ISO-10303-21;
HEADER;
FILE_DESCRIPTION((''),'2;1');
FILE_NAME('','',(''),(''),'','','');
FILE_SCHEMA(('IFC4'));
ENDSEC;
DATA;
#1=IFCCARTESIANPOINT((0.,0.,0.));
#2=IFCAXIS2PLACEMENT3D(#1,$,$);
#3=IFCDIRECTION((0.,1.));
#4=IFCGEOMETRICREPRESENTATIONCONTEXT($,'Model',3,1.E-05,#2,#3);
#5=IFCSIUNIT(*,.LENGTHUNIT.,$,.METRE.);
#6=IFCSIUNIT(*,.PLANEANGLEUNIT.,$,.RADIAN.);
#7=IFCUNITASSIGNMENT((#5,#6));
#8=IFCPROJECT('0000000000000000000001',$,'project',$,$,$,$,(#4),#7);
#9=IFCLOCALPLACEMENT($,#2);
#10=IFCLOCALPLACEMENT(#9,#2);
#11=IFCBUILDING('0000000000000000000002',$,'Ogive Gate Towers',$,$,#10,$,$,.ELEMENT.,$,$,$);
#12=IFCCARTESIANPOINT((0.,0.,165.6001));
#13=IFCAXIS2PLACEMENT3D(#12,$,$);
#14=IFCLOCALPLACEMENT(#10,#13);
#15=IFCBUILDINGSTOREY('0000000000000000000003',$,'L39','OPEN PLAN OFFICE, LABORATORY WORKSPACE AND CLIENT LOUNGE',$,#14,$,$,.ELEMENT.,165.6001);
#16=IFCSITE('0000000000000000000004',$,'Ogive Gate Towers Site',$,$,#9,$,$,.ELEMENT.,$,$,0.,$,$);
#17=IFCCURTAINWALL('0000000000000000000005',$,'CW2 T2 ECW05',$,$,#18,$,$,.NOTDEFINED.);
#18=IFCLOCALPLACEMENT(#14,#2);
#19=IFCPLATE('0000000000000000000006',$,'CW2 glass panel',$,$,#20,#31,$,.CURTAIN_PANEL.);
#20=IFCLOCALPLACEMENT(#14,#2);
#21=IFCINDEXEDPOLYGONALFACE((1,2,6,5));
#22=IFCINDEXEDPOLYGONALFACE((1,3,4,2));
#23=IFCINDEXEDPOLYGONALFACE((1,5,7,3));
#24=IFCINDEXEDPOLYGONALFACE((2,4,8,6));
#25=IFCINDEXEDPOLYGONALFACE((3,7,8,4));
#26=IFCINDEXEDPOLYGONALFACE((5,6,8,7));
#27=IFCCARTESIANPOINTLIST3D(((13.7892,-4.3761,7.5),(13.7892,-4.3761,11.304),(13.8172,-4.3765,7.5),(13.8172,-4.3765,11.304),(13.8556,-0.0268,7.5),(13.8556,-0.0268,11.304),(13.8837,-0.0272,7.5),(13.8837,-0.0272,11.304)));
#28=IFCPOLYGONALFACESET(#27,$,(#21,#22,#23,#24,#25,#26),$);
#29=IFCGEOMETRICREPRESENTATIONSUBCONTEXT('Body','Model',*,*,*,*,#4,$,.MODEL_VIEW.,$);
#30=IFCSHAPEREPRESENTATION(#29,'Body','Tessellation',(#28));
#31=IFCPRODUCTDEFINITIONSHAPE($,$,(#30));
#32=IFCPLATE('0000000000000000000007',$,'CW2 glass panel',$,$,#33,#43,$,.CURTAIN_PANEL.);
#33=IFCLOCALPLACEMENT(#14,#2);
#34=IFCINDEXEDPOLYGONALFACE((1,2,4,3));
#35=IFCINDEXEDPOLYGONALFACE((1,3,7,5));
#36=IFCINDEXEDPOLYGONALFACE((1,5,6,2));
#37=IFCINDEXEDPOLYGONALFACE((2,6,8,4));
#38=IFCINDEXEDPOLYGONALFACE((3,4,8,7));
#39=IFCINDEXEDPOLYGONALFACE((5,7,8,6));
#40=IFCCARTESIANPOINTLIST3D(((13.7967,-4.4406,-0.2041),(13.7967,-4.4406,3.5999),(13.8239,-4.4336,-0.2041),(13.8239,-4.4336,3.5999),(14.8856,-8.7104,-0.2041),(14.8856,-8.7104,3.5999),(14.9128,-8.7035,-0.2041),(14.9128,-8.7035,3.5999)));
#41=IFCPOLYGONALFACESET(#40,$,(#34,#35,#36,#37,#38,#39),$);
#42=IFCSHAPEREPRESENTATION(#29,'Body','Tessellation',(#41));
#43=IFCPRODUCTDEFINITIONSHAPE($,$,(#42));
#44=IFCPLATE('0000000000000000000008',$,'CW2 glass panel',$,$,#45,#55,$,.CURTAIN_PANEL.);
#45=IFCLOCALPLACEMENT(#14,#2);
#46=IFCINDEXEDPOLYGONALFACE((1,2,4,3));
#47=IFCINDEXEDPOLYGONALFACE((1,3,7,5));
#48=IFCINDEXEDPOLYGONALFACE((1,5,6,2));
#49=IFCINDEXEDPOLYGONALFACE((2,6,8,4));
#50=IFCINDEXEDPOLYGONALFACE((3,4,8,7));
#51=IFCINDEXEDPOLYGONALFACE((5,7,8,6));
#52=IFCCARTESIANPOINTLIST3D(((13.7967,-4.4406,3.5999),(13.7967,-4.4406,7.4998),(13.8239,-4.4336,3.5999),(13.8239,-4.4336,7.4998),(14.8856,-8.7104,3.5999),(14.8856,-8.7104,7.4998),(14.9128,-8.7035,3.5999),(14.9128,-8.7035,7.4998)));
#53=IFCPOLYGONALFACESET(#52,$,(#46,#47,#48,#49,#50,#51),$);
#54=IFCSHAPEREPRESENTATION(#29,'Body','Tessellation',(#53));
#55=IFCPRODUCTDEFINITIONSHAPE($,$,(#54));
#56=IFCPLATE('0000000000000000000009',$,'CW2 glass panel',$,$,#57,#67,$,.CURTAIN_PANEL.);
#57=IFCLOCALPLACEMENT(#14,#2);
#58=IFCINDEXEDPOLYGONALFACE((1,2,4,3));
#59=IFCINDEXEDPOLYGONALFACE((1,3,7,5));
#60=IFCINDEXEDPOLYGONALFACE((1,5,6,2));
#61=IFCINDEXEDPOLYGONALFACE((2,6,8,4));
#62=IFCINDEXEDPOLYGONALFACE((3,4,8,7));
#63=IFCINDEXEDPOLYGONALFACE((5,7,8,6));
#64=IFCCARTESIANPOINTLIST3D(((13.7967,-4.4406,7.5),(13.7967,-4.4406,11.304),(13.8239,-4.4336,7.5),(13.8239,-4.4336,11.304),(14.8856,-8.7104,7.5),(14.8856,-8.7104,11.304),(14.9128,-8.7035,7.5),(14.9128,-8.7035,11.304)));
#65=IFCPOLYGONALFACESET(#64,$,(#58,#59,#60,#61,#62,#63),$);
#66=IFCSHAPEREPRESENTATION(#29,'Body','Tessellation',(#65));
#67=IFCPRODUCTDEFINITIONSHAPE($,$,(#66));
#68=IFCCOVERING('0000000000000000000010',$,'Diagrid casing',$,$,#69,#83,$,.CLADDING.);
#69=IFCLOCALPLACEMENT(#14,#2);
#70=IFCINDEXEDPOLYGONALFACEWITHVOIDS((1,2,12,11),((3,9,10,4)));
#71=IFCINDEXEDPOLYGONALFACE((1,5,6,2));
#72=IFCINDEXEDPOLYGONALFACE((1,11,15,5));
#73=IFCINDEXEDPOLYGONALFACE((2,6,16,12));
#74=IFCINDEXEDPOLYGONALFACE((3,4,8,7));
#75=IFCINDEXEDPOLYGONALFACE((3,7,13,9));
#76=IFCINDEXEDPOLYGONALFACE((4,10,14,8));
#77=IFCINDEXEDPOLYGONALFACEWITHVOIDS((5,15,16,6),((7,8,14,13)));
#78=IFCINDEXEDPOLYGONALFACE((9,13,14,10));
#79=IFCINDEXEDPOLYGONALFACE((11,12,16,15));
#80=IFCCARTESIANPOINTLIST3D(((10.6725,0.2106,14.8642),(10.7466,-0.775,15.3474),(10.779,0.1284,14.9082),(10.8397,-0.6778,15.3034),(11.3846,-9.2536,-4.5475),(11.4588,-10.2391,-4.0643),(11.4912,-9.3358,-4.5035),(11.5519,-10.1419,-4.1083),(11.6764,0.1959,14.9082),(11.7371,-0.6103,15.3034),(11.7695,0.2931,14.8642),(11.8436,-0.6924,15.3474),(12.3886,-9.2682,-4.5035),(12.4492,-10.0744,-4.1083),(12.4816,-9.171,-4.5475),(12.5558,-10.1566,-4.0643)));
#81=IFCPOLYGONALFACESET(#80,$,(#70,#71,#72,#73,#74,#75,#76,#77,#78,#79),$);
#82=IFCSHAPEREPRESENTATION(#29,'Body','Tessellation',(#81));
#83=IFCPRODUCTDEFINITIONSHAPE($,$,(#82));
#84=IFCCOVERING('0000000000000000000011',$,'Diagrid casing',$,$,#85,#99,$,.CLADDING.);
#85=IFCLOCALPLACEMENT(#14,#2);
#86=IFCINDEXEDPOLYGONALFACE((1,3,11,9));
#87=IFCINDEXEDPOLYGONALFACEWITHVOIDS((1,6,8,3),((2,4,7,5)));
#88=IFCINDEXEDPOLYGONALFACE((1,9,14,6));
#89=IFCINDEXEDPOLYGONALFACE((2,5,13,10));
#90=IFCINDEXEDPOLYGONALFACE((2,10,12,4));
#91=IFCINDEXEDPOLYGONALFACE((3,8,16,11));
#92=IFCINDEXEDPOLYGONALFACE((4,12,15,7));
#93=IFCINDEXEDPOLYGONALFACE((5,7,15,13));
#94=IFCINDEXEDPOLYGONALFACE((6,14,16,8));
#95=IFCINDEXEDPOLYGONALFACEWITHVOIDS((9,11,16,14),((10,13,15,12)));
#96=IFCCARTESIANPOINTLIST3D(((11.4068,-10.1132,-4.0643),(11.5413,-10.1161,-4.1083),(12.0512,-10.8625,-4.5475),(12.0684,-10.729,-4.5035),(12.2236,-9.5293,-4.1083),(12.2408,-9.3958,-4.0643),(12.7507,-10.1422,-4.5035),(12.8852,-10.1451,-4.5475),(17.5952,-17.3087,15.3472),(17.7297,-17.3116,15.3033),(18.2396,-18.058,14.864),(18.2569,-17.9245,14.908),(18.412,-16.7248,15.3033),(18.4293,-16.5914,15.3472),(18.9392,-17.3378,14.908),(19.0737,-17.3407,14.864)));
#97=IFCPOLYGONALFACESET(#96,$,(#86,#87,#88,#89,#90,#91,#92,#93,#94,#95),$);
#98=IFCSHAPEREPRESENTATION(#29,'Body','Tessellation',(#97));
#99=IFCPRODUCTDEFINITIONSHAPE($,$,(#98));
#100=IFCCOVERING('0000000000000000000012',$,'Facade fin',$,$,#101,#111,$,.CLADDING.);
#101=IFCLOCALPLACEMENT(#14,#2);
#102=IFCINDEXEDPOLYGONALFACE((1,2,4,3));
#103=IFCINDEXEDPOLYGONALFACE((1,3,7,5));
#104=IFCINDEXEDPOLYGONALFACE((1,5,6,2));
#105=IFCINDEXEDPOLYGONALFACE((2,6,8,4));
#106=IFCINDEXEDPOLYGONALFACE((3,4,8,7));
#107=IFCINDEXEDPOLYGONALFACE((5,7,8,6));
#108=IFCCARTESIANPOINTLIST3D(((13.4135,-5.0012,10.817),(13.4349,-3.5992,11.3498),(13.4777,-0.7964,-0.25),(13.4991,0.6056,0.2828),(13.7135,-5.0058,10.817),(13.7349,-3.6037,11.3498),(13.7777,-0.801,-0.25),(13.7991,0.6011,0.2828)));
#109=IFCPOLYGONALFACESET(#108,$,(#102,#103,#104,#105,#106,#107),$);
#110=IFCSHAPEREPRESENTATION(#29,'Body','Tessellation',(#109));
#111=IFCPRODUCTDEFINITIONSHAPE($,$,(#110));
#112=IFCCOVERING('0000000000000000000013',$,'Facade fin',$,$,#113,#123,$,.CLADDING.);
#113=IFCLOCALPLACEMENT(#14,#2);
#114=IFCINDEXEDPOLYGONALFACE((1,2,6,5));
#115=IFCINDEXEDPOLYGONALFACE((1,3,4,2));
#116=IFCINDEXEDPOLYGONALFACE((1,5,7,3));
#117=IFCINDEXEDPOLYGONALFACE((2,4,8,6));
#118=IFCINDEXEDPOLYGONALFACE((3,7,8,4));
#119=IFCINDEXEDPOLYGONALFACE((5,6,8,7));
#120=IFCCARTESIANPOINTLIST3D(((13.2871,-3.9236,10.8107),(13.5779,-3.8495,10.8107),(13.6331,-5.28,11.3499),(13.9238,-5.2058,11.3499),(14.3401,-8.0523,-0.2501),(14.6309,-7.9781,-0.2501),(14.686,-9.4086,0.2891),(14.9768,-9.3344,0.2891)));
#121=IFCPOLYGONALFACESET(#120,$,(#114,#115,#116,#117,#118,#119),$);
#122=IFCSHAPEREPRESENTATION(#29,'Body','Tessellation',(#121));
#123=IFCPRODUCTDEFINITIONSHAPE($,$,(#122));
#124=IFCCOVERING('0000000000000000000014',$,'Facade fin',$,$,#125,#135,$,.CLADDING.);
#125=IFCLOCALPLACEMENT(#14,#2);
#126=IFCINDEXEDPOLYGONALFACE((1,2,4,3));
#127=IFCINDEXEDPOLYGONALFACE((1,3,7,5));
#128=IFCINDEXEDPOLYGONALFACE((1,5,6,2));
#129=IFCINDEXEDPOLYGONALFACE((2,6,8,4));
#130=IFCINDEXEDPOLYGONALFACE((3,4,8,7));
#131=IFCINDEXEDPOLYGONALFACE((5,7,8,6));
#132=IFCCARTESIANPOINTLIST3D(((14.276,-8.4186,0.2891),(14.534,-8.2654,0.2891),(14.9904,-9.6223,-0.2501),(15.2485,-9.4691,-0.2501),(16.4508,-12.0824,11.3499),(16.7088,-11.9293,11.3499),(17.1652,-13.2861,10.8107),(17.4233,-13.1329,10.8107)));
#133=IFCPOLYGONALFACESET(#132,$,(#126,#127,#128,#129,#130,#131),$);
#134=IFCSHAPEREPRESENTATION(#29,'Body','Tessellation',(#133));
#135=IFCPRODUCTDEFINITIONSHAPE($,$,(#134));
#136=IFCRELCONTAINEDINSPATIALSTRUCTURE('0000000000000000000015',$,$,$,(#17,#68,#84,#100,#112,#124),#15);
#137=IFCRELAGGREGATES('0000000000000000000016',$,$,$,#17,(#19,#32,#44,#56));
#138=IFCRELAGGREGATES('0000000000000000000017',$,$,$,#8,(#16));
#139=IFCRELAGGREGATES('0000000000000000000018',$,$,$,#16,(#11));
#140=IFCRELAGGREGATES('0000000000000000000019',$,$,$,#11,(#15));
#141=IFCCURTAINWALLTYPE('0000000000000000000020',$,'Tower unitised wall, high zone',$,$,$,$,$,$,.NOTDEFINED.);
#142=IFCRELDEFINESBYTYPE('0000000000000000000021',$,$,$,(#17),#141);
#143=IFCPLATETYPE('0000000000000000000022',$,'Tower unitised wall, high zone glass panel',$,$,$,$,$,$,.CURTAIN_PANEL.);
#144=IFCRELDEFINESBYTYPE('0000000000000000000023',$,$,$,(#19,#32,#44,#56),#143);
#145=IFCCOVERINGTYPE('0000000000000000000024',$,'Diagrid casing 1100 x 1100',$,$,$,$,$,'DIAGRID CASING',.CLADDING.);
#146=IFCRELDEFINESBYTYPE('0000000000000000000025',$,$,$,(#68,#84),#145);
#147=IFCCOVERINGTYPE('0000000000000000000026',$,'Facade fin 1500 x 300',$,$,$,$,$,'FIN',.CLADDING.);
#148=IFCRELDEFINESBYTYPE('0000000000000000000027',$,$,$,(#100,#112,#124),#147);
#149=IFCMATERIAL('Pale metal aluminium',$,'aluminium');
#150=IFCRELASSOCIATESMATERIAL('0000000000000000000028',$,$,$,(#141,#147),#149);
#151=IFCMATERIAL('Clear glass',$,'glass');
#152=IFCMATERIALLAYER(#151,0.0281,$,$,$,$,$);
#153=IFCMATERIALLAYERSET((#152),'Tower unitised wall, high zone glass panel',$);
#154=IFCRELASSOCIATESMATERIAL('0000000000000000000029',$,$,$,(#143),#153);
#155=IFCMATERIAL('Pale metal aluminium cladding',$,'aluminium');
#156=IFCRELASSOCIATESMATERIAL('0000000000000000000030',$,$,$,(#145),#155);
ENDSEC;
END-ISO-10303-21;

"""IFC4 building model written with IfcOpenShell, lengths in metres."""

from ifc_helpers import new_model, si_unit, direction, frame, origin, origin_2d, place, context, subcontext, project, spatial, rectangle, hollow_rectangle, extrude, material, layer, layer_set, material_profile, profile_set, type_object, element, aggregate, save


model = new_model("IFC4")

# Units and contexts
model_context = context("Model", 3, precision=1e-05, world=origin(), true_north=direction((0.0, 1.0)))
body_context = subcontext(model_context, "Body", "Model", "MODEL_VIEW")
ifc_project = project(units=[si_unit("LENGTHUNIT", "METRE"), si_unit("PLANEANGLEUNIT", "RADIAN")], contexts=[model_context])

# Site, building, storey
site_placement = place(None, origin())
site = spatial("IfcSite", under=ifc_project, at=site_placement, Name="Ogive Gate Towers Site", CompositionType="ELEMENT", RefElevation=0.0)
building_placement = place(site_placement, origin())
building = spatial("IfcBuilding", under=site, at=building_placement, Name="Ogive Gate Towers", CompositionType="ELEMENT")
storey_placement = place(building_placement, frame((0.0, 0.0, 165.6001)))
storey = spatial("IfcBuildingStorey", under=building, at=storey_placement, Name="L39", Description="OPEN PLAN OFFICE, LABORATORY WORKSPACE AND CLIENT LOUNGE", CompositionType="ELEMENT", Elevation=165.6001)

# Curtain wall
ifc_material_1 = material(Name="Pale metal aluminium", Category="aluminium")
curtain_wall_type = type_object("IfcCurtainWallType", Name="Tower unitised wall, high zone", PredefinedType="NOTDEFINED", material=ifc_material_1)
curtain_wall_placement = place(storey_placement, origin())
curtain_wall = element("IfcCurtainWall", 1, at=curtain_wall_placement, inside=storey, type_object=curtain_wall_type, Name="CW2 T2 ECW05", PredefinedType="NOTDEFINED")

# Plates
ifc_material_2 = material(Name="Clear glass", Category="glass")
ifc_layer_1 = layer(ifc_material_2, 0.0281)
ifc_layer_set_1 = layer_set([ifc_layer_1], Name="Tower unitised wall, high zone glass panel")
plate_type = type_object("IfcPlateType", Name="Tower unitised wall, high zone glass panel", PredefinedType="CURTAIN_PANEL", material=ifc_layer_set_1)
plate_1_placement = place(storey_placement, frame((13.8364, -2.2017, 7.5), z_axis=(0.0, 0.0, 1.0), x_axis=(-0.015271, -0.999883, 0.0)))
plate_1 = element("IfcPlate", 2, at=plate_1_placement, type_object=plate_type, Name="CW2 glass panel", PredefinedType="CURTAIN_PANEL", context=body_context, shape_type="SweptSolid", body=[
    extrude(rectangle(XDim=4.3499, YDim=0.0281, at=origin_2d()), origin(), (0.0, 0.0, 1.0), 3.804),
])
plate_2_placement = place(storey_placement, frame((14.3547, -6.572, -0.2041), z_axis=(0.0, 0.0, 1.0), x_axis=(0.2471, -0.96899, 0.0)))
plate_2 = element("IfcPlate", 3, at=plate_2_placement, type_object=plate_type, Name="CW2 glass panel", PredefinedType="CURTAIN_PANEL", context=body_context, shape_type="SweptSolid", body=[
    extrude(rectangle(XDim=4.4065, YDim=0.0281, at=origin_2d()), origin(), (0.0, 0.0, 1.0), 3.804),
])
plate_3_placement = place(storey_placement, frame((14.3547, -6.572, 3.5999), z_axis=(0.0, 0.0, 1.0), x_axis=(0.2471, -0.96899, 0.0)))
plate_3 = element("IfcPlate", 4, at=plate_3_placement, type_object=plate_type, Name="CW2 glass panel", PredefinedType="CURTAIN_PANEL", context=body_context, shape_type="SweptSolid", body=[
    extrude(rectangle(XDim=4.4065, YDim=0.0281, at=origin_2d()), origin(), (0.0, 0.0, 1.0), 3.8999),
])
plate_4_placement = place(storey_placement, frame((14.3547, -6.572, 7.5), z_axis=(0.0, 0.0, 1.0), x_axis=(0.2471, -0.96899, 0.0)))
plate_4 = element("IfcPlate", 5, at=plate_4_placement, type_object=plate_type, Name="CW2 glass panel", PredefinedType="CURTAIN_PANEL", context=body_context, shape_type="SweptSolid", body=[
    extrude(rectangle(XDim=4.4065, YDim=0.0281, at=origin_2d()), origin(), (0.0, 0.0, 1.0), 3.804),
])
aggregate(curtain_wall, [plate_1, plate_2, plate_3, plate_4])

# Coverings
ifc_material_3 = material(Name="Pale metal aluminium cladding", Category="aluminium")
ifc_material_profile_1 = material_profile(ifc_material_3, hollow_rectangle(XDim=1.1001, YDim=1.1001, WallThickness=0.1001, at=origin_2d()), Name="1100 x 1100 pale metal casing")
ifc_profile_set_1 = profile_set([ifc_material_profile_1], Name="Pale metal aluminium cladding")
covering_type_1 = type_object("IfcCoveringType", Name="Diagrid casing 1100 x 1100", ElementType="DIAGRID CASING", PredefinedType="CLADDING", material=ifc_profile_set_1)
covering_1_placement = place(storey_placement, frame((11.9702, -9.7051, -4.3059), z_axis=(-0.032959, 0.438, 0.898371), x_axis=(-0.997181, -0.075036, 0.0)))
element("IfcCovering", 6, at=covering_1_placement, inside=storey, type_object=covering_type_1, Name="Diagrid casing", PredefinedType="CLADDING", context=body_context, shape_type="SweptSolid", body=[
    extrude(hollow_rectangle(XDim=1.1001, YDim=1.1001, WallThickness=0.1001, at=origin_2d()), origin(), (0.0, 0.0, 1.0), 21.6077),
])
covering_2_placement = place(storey_placement, frame((12.146, -10.1292, -4.3059), z_axis=(0.286404, -0.333012, 0.898374), x_axis=(0.75817, 0.652057, 0.0)))
element("IfcCovering", 7, at=covering_2_placement, inside=storey, type_object=covering_type_1, Name="Diagrid casing", PredefinedType="CLADDING", context=body_context, shape_type="SweptSolid", body=[
    extrude(hollow_rectangle(XDim=1.1001, YDim=1.1001, WallThickness=0.1001, at=origin_2d()), origin(), (0.0, 0.0, 1.0), 21.6074),
])
ifc_material_profile_2 = material_profile(ifc_material_1, rectangle(XDim=0.3, YDim=1.5, at=origin_2d()), Name="1500 x 300 pale metal aluminium")
ifc_profile_set_2 = profile_set([ifc_material_profile_2], Name="Pale metal aluminium")
covering_type_2 = type_object("IfcCoveringType", Name="Facade fin 1500 x 300", ElementType="FIN", PredefinedType="CLADDING", material=ifc_profile_set_2)
covering_3_placement = place(storey_placement, frame((13.6384, -0.0977, 0.0164), z_axis=(-0.005423, -0.355162, 0.934789), x_axis=(0.999883, -0.015268, 0.0)))
element("IfcCovering", 8, at=covering_3_placement, inside=storey, type_object=covering_type_2, Name="Facade fin", PredefinedType="CLADDING", context=body_context, shape_type="SweptSolid", body=[
    extrude(rectangle(XDim=0.3, YDim=1.5, at=origin_2d()), origin(), (0.0, 0.0, 1.0), 11.8391),
])
for number, where, z_axis, x_axis, name in (
    (9, (14.6584, -8.6934, 0.0195), (-0.088836, 0.34832, 0.933157), (-0.968982, -0.24713, 0.0), "Facade fin"),
    (10, (14.7622, -8.9438, 0.0195), (0.183481, -0.309104, 0.933161), (0.859915, 0.510437, 0.0), "Facade fin"),
):
    element("IfcCovering", number, at=place(storey_placement, frame(where, z_axis=z_axis, x_axis=x_axis)), inside=storey, type_object=covering_type_2, Name=name, PredefinedType="CLADDING", context=body_context, shape_type="SweptSolid", body=[
        extrude(rectangle(XDim=0.3, YDim=1.5, at=origin_2d()), origin(), (0.0, 0.0, 1.0), 11.853),
    ])

save(model, "model.ifc")
